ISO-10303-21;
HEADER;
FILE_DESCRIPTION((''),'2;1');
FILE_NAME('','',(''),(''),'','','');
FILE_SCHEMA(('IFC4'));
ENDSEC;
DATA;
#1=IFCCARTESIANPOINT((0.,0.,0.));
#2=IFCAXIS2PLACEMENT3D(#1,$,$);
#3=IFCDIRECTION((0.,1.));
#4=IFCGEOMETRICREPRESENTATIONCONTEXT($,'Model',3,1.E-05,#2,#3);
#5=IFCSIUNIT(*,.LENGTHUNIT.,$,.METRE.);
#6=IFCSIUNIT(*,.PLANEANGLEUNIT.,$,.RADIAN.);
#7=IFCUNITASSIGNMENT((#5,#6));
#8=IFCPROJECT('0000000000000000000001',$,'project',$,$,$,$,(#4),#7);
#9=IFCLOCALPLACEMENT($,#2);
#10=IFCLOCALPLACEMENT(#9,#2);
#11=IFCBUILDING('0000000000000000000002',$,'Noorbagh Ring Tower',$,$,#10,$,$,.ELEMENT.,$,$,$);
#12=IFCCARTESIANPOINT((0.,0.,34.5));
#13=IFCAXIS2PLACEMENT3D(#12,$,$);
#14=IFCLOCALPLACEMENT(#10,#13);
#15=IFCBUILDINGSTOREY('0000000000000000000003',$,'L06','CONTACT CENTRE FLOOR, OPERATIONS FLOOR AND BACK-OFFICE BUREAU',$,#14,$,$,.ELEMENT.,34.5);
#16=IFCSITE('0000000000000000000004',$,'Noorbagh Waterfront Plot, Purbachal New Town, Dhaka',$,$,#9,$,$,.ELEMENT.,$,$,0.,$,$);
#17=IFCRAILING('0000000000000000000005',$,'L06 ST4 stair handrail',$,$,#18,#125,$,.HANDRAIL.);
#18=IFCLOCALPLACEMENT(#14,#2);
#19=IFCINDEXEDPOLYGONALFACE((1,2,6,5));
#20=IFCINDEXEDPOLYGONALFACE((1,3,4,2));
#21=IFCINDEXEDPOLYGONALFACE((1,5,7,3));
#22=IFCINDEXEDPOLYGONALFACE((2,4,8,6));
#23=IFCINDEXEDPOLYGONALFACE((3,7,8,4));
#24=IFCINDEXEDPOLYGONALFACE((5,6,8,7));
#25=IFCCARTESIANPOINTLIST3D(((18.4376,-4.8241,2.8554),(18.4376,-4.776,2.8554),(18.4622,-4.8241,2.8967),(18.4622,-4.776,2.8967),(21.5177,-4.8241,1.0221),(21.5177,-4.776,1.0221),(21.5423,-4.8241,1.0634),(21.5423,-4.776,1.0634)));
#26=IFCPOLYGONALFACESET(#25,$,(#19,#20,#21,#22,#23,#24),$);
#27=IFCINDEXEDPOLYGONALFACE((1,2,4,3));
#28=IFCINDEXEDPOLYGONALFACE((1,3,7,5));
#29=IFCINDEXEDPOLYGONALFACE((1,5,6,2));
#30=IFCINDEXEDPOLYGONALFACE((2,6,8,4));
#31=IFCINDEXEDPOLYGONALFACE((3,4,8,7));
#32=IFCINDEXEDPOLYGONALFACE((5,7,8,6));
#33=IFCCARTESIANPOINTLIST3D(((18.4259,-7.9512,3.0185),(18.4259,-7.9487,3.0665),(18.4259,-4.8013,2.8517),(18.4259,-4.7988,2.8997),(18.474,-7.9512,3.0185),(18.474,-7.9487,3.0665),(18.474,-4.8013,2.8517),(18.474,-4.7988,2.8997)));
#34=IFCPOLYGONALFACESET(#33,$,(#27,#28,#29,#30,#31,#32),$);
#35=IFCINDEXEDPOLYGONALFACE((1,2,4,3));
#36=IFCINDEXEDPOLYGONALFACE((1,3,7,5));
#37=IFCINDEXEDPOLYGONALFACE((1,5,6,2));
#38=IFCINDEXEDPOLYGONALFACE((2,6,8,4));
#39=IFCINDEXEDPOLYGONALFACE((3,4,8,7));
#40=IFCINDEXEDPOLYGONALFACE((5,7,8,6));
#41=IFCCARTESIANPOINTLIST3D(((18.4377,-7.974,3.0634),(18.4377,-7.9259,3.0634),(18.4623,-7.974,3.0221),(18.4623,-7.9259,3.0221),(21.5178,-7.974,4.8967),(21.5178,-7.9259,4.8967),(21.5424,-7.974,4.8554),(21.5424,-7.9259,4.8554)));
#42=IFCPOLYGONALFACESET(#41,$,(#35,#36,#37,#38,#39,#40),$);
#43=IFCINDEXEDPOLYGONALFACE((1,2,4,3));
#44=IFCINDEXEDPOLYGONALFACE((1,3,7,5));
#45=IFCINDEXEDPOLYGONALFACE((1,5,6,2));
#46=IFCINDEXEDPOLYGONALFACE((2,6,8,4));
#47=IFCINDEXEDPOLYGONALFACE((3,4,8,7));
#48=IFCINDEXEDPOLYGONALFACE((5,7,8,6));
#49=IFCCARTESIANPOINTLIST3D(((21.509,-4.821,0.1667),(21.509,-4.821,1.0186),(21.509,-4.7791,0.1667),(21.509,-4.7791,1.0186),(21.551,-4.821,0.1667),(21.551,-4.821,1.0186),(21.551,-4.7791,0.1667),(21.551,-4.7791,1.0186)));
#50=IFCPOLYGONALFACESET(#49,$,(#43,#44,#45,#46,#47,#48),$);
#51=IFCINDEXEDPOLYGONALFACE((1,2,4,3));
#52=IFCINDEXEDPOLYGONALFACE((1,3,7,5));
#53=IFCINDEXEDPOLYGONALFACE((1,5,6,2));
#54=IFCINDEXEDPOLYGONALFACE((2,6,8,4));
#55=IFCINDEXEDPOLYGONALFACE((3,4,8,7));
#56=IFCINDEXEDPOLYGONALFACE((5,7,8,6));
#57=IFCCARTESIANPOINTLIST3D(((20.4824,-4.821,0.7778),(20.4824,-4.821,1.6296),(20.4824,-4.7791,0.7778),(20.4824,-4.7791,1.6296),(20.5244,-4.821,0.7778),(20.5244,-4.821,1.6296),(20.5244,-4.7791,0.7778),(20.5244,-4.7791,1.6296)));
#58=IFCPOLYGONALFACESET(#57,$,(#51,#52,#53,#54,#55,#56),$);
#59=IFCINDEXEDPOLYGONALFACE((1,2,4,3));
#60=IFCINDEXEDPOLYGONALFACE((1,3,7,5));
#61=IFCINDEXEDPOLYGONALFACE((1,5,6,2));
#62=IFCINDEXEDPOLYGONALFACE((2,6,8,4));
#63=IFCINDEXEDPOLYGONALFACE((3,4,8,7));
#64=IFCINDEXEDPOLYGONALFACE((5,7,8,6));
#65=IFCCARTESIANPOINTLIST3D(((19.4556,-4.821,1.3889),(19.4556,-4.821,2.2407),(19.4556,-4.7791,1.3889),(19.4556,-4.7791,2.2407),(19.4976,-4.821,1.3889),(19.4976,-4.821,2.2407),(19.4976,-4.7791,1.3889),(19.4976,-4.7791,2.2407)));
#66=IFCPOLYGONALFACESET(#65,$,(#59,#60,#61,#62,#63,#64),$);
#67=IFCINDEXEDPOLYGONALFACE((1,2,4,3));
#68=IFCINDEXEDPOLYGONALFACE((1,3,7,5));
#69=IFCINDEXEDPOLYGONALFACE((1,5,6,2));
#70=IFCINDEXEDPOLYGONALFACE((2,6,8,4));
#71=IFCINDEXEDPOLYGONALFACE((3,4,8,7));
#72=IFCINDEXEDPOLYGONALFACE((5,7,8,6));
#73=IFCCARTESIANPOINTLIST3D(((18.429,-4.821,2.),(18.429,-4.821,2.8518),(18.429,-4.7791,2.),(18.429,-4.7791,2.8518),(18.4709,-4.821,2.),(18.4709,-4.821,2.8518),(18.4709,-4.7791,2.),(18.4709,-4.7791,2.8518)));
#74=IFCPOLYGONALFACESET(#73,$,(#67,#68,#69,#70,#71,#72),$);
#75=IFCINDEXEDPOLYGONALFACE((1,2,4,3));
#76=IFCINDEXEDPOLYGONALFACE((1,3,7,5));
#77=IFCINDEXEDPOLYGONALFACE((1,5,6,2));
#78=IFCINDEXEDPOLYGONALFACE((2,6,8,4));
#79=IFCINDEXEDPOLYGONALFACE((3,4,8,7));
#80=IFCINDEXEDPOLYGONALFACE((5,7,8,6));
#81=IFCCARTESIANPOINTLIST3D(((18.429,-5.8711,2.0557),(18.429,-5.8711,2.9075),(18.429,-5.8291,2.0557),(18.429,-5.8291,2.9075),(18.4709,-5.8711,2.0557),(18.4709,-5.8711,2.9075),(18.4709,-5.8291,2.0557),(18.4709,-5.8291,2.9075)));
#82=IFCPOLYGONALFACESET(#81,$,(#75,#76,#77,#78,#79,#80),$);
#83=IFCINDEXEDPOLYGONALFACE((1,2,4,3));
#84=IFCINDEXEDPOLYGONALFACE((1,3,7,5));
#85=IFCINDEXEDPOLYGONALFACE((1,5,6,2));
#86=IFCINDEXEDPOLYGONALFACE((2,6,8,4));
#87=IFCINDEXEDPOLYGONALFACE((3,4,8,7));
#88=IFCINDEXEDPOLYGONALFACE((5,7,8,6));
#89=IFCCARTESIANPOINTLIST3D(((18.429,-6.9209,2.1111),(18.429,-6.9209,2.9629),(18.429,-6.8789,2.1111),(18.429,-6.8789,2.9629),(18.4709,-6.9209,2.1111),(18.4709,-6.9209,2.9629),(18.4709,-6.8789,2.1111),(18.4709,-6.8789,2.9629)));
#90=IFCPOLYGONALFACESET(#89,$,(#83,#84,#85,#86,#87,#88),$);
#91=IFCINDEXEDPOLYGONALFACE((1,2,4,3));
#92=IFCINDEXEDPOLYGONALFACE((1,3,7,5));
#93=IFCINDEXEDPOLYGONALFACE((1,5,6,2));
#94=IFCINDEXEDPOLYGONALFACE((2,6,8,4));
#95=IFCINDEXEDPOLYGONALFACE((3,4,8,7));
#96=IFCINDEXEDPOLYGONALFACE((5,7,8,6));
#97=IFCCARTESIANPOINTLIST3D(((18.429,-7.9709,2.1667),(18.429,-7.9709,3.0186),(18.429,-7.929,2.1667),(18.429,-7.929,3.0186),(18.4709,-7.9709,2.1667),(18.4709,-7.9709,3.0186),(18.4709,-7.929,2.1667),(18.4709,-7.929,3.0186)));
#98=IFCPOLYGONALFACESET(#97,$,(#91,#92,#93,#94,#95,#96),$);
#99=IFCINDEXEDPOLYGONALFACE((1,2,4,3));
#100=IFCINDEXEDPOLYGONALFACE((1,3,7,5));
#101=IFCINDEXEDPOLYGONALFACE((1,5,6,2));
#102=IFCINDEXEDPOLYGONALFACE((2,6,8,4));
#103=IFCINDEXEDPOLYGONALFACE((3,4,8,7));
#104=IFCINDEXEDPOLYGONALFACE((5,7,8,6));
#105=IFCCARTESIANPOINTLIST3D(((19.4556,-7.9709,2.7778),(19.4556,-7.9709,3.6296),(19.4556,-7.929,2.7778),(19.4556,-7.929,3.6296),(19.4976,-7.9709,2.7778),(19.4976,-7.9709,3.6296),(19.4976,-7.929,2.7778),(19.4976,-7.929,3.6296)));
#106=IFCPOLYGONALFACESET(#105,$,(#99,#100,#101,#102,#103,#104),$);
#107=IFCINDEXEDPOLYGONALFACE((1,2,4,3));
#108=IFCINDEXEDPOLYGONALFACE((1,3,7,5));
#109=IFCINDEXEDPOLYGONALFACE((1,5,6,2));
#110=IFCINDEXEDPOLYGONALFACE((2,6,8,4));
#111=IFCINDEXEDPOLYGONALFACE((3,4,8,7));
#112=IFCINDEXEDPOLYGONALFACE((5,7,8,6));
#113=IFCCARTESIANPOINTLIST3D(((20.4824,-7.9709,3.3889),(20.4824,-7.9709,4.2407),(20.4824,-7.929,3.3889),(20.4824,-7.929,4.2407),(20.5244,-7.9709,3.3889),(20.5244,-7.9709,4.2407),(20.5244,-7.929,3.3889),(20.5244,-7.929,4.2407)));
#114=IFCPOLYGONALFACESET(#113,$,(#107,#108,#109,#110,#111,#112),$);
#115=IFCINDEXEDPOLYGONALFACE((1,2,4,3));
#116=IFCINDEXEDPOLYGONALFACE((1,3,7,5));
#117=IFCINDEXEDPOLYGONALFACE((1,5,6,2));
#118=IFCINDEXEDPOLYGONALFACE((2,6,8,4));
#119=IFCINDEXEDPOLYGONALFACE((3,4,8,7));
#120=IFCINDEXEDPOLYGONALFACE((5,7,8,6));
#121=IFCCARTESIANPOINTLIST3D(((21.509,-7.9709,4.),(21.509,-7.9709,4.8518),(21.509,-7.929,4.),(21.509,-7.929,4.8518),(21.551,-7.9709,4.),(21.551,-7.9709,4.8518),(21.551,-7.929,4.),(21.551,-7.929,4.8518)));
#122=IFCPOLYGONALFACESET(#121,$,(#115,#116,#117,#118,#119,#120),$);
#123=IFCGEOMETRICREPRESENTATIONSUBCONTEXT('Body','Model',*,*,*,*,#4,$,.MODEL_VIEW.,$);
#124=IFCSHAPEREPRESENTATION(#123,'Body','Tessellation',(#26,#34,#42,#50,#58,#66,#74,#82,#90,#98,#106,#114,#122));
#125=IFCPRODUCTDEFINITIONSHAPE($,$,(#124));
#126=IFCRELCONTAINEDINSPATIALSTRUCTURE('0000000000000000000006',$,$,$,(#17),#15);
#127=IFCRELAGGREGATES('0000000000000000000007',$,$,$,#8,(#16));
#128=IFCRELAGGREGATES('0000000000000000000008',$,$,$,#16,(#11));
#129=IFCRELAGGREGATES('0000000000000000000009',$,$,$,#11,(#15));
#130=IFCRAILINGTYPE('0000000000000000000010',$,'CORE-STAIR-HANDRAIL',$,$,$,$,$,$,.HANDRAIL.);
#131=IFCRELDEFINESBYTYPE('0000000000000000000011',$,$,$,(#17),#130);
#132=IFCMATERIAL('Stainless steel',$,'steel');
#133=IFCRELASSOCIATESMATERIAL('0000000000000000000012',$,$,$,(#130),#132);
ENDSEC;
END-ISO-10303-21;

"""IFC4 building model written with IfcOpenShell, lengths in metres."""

from ifc_helpers import new_model, si_unit, direction, frame, origin, origin_2d, place, context, subcontext, project, spatial, rectangle, extrude, material, type_object, element, save


model = new_model("IFC4")

# Units and contexts
model_context = context("Model", 3, precision=1e-05, world=origin(), true_north=direction((0.0, 1.0)))
body_context = subcontext(model_context, "Body", "Model", "MODEL_VIEW")
ifc_project = project(units=[si_unit("LENGTHUNIT", "METRE"), si_unit("PLANEANGLEUNIT", "RADIAN")], contexts=[model_context])

# Site, building, storey
site_placement = place(None, origin())
site = spatial("IfcSite", under=ifc_project, at=site_placement, Name="Noorbagh Waterfront Plot, Purbachal New Town, Dhaka", CompositionType="ELEMENT", RefElevation=0.0)
building_placement = place(site_placement, origin())
building = spatial("IfcBuilding", under=site, at=building_placement, Name="Noorbagh Ring Tower", CompositionType="ELEMENT")
storey_placement = place(building_placement, frame((0.0, 0.0, 34.5)))
storey = spatial("IfcBuildingStorey", under=building, at=storey_placement, Name="L06", Description="CONTACT CENTRE FLOOR, OPERATIONS FLOOR AND BACK-OFFICE BUREAU", CompositionType="ELEMENT", Elevation=34.5)

# Railing
ifc_material_1 = material(Name="Stainless steel", Category="steel")
railing_type_1 = type_object("IfcRailingType", Name="CORE-STAIR-HANDRAIL", PredefinedType="HANDRAIL", material=ifc_material_1)
railing_1_placement = place(storey_placement, frame((21.53, -4.8, 0.1667)))
element("IfcRailing", 1, at=railing_1_placement, inside=storey, type_object=railing_type_1, Name="L06 ST4 stair handrail", PredefinedType="HANDRAIL", context=body_context, shape_type="SweptSolid", body=[
    extrude(rectangle(XDim=0.0481, YDim=0.0481, at=origin_2d()), frame((0.0, 0.0, 0.876), z_axis=(-0.859309, 0.0, 0.511458), x_axis=(0.0, -1.0, 0.0)), (0.0, 0.0, 1.0), 3.5845),
    extrude(rectangle(XDim=0.0481, YDim=0.0481, at=origin_2d()), frame((-3.0801, 0.0, 2.709), z_axis=(0.0, -0.998602, 0.052864), x_axis=(1.0, 0.0, 0.0)), (0.0, 0.0, 1.0), 3.1543),
    extrude(rectangle(XDim=0.0481, YDim=0.0481, at=origin_2d()), frame((-3.0801, -3.1499, 2.876), z_axis=(0.859309, 0.0, 0.511458), x_axis=(0.0, 1.0, 0.0)), (0.0, 0.0, 1.0), 3.5845),
    extrude(rectangle(XDim=0.042, YDim=0.042, at=origin_2d()), origin(), (0.0, 0.0, 1.0), 0.8518),
    extrude(rectangle(XDim=0.042, YDim=0.042, at=origin_2d()), frame((-1.0266, 0.0, 0.6111)), (0.0, 0.0, 1.0), 0.8518),
    extrude(rectangle(XDim=0.042, YDim=0.042, at=origin_2d()), frame((-2.0535, 0.0, 1.2222)), (0.0, 0.0, 1.0), 0.8518),
    extrude(rectangle(XDim=0.042, YDim=0.042, at=origin_2d()), frame((-3.0801, 0.0, 1.8333)), (0.0, 0.0, 1.0), 0.8518),
    extrude(rectangle(XDim=0.042, YDim=0.042, at=origin_2d()), frame((-3.0801, -1.05, 1.8889)), (0.0, 0.0, 1.0), 0.8518),
    extrude(rectangle(XDim=0.042, YDim=0.042, at=origin_2d()), frame((-3.0801, -2.0999, 1.9443)), (0.0, 0.0, 1.0), 0.8518),
    extrude(rectangle(XDim=0.042, YDim=0.042, at=origin_2d()), frame((-3.0801, -3.1499, 2.0)), (0.0, 0.0, 1.0), 0.8518),
    extrude(rectangle(XDim=0.042, YDim=0.042, at=origin_2d()), frame((-2.0535, -3.1499, 2.6111)), (0.0, 0.0, 1.0), 0.8518),
    extrude(rectangle(XDim=0.042, YDim=0.042, at=origin_2d()), frame((-1.0266, -3.1499, 3.2222)), (0.0, 0.0, 1.0), 0.8518),
    extrude(rectangle(XDim=0.042, YDim=0.042, at=origin_2d()), frame((0.0, -3.1499, 3.8333)), (0.0, 0.0, 1.0), 0.8518),
])

save(model, "model.ifc")
